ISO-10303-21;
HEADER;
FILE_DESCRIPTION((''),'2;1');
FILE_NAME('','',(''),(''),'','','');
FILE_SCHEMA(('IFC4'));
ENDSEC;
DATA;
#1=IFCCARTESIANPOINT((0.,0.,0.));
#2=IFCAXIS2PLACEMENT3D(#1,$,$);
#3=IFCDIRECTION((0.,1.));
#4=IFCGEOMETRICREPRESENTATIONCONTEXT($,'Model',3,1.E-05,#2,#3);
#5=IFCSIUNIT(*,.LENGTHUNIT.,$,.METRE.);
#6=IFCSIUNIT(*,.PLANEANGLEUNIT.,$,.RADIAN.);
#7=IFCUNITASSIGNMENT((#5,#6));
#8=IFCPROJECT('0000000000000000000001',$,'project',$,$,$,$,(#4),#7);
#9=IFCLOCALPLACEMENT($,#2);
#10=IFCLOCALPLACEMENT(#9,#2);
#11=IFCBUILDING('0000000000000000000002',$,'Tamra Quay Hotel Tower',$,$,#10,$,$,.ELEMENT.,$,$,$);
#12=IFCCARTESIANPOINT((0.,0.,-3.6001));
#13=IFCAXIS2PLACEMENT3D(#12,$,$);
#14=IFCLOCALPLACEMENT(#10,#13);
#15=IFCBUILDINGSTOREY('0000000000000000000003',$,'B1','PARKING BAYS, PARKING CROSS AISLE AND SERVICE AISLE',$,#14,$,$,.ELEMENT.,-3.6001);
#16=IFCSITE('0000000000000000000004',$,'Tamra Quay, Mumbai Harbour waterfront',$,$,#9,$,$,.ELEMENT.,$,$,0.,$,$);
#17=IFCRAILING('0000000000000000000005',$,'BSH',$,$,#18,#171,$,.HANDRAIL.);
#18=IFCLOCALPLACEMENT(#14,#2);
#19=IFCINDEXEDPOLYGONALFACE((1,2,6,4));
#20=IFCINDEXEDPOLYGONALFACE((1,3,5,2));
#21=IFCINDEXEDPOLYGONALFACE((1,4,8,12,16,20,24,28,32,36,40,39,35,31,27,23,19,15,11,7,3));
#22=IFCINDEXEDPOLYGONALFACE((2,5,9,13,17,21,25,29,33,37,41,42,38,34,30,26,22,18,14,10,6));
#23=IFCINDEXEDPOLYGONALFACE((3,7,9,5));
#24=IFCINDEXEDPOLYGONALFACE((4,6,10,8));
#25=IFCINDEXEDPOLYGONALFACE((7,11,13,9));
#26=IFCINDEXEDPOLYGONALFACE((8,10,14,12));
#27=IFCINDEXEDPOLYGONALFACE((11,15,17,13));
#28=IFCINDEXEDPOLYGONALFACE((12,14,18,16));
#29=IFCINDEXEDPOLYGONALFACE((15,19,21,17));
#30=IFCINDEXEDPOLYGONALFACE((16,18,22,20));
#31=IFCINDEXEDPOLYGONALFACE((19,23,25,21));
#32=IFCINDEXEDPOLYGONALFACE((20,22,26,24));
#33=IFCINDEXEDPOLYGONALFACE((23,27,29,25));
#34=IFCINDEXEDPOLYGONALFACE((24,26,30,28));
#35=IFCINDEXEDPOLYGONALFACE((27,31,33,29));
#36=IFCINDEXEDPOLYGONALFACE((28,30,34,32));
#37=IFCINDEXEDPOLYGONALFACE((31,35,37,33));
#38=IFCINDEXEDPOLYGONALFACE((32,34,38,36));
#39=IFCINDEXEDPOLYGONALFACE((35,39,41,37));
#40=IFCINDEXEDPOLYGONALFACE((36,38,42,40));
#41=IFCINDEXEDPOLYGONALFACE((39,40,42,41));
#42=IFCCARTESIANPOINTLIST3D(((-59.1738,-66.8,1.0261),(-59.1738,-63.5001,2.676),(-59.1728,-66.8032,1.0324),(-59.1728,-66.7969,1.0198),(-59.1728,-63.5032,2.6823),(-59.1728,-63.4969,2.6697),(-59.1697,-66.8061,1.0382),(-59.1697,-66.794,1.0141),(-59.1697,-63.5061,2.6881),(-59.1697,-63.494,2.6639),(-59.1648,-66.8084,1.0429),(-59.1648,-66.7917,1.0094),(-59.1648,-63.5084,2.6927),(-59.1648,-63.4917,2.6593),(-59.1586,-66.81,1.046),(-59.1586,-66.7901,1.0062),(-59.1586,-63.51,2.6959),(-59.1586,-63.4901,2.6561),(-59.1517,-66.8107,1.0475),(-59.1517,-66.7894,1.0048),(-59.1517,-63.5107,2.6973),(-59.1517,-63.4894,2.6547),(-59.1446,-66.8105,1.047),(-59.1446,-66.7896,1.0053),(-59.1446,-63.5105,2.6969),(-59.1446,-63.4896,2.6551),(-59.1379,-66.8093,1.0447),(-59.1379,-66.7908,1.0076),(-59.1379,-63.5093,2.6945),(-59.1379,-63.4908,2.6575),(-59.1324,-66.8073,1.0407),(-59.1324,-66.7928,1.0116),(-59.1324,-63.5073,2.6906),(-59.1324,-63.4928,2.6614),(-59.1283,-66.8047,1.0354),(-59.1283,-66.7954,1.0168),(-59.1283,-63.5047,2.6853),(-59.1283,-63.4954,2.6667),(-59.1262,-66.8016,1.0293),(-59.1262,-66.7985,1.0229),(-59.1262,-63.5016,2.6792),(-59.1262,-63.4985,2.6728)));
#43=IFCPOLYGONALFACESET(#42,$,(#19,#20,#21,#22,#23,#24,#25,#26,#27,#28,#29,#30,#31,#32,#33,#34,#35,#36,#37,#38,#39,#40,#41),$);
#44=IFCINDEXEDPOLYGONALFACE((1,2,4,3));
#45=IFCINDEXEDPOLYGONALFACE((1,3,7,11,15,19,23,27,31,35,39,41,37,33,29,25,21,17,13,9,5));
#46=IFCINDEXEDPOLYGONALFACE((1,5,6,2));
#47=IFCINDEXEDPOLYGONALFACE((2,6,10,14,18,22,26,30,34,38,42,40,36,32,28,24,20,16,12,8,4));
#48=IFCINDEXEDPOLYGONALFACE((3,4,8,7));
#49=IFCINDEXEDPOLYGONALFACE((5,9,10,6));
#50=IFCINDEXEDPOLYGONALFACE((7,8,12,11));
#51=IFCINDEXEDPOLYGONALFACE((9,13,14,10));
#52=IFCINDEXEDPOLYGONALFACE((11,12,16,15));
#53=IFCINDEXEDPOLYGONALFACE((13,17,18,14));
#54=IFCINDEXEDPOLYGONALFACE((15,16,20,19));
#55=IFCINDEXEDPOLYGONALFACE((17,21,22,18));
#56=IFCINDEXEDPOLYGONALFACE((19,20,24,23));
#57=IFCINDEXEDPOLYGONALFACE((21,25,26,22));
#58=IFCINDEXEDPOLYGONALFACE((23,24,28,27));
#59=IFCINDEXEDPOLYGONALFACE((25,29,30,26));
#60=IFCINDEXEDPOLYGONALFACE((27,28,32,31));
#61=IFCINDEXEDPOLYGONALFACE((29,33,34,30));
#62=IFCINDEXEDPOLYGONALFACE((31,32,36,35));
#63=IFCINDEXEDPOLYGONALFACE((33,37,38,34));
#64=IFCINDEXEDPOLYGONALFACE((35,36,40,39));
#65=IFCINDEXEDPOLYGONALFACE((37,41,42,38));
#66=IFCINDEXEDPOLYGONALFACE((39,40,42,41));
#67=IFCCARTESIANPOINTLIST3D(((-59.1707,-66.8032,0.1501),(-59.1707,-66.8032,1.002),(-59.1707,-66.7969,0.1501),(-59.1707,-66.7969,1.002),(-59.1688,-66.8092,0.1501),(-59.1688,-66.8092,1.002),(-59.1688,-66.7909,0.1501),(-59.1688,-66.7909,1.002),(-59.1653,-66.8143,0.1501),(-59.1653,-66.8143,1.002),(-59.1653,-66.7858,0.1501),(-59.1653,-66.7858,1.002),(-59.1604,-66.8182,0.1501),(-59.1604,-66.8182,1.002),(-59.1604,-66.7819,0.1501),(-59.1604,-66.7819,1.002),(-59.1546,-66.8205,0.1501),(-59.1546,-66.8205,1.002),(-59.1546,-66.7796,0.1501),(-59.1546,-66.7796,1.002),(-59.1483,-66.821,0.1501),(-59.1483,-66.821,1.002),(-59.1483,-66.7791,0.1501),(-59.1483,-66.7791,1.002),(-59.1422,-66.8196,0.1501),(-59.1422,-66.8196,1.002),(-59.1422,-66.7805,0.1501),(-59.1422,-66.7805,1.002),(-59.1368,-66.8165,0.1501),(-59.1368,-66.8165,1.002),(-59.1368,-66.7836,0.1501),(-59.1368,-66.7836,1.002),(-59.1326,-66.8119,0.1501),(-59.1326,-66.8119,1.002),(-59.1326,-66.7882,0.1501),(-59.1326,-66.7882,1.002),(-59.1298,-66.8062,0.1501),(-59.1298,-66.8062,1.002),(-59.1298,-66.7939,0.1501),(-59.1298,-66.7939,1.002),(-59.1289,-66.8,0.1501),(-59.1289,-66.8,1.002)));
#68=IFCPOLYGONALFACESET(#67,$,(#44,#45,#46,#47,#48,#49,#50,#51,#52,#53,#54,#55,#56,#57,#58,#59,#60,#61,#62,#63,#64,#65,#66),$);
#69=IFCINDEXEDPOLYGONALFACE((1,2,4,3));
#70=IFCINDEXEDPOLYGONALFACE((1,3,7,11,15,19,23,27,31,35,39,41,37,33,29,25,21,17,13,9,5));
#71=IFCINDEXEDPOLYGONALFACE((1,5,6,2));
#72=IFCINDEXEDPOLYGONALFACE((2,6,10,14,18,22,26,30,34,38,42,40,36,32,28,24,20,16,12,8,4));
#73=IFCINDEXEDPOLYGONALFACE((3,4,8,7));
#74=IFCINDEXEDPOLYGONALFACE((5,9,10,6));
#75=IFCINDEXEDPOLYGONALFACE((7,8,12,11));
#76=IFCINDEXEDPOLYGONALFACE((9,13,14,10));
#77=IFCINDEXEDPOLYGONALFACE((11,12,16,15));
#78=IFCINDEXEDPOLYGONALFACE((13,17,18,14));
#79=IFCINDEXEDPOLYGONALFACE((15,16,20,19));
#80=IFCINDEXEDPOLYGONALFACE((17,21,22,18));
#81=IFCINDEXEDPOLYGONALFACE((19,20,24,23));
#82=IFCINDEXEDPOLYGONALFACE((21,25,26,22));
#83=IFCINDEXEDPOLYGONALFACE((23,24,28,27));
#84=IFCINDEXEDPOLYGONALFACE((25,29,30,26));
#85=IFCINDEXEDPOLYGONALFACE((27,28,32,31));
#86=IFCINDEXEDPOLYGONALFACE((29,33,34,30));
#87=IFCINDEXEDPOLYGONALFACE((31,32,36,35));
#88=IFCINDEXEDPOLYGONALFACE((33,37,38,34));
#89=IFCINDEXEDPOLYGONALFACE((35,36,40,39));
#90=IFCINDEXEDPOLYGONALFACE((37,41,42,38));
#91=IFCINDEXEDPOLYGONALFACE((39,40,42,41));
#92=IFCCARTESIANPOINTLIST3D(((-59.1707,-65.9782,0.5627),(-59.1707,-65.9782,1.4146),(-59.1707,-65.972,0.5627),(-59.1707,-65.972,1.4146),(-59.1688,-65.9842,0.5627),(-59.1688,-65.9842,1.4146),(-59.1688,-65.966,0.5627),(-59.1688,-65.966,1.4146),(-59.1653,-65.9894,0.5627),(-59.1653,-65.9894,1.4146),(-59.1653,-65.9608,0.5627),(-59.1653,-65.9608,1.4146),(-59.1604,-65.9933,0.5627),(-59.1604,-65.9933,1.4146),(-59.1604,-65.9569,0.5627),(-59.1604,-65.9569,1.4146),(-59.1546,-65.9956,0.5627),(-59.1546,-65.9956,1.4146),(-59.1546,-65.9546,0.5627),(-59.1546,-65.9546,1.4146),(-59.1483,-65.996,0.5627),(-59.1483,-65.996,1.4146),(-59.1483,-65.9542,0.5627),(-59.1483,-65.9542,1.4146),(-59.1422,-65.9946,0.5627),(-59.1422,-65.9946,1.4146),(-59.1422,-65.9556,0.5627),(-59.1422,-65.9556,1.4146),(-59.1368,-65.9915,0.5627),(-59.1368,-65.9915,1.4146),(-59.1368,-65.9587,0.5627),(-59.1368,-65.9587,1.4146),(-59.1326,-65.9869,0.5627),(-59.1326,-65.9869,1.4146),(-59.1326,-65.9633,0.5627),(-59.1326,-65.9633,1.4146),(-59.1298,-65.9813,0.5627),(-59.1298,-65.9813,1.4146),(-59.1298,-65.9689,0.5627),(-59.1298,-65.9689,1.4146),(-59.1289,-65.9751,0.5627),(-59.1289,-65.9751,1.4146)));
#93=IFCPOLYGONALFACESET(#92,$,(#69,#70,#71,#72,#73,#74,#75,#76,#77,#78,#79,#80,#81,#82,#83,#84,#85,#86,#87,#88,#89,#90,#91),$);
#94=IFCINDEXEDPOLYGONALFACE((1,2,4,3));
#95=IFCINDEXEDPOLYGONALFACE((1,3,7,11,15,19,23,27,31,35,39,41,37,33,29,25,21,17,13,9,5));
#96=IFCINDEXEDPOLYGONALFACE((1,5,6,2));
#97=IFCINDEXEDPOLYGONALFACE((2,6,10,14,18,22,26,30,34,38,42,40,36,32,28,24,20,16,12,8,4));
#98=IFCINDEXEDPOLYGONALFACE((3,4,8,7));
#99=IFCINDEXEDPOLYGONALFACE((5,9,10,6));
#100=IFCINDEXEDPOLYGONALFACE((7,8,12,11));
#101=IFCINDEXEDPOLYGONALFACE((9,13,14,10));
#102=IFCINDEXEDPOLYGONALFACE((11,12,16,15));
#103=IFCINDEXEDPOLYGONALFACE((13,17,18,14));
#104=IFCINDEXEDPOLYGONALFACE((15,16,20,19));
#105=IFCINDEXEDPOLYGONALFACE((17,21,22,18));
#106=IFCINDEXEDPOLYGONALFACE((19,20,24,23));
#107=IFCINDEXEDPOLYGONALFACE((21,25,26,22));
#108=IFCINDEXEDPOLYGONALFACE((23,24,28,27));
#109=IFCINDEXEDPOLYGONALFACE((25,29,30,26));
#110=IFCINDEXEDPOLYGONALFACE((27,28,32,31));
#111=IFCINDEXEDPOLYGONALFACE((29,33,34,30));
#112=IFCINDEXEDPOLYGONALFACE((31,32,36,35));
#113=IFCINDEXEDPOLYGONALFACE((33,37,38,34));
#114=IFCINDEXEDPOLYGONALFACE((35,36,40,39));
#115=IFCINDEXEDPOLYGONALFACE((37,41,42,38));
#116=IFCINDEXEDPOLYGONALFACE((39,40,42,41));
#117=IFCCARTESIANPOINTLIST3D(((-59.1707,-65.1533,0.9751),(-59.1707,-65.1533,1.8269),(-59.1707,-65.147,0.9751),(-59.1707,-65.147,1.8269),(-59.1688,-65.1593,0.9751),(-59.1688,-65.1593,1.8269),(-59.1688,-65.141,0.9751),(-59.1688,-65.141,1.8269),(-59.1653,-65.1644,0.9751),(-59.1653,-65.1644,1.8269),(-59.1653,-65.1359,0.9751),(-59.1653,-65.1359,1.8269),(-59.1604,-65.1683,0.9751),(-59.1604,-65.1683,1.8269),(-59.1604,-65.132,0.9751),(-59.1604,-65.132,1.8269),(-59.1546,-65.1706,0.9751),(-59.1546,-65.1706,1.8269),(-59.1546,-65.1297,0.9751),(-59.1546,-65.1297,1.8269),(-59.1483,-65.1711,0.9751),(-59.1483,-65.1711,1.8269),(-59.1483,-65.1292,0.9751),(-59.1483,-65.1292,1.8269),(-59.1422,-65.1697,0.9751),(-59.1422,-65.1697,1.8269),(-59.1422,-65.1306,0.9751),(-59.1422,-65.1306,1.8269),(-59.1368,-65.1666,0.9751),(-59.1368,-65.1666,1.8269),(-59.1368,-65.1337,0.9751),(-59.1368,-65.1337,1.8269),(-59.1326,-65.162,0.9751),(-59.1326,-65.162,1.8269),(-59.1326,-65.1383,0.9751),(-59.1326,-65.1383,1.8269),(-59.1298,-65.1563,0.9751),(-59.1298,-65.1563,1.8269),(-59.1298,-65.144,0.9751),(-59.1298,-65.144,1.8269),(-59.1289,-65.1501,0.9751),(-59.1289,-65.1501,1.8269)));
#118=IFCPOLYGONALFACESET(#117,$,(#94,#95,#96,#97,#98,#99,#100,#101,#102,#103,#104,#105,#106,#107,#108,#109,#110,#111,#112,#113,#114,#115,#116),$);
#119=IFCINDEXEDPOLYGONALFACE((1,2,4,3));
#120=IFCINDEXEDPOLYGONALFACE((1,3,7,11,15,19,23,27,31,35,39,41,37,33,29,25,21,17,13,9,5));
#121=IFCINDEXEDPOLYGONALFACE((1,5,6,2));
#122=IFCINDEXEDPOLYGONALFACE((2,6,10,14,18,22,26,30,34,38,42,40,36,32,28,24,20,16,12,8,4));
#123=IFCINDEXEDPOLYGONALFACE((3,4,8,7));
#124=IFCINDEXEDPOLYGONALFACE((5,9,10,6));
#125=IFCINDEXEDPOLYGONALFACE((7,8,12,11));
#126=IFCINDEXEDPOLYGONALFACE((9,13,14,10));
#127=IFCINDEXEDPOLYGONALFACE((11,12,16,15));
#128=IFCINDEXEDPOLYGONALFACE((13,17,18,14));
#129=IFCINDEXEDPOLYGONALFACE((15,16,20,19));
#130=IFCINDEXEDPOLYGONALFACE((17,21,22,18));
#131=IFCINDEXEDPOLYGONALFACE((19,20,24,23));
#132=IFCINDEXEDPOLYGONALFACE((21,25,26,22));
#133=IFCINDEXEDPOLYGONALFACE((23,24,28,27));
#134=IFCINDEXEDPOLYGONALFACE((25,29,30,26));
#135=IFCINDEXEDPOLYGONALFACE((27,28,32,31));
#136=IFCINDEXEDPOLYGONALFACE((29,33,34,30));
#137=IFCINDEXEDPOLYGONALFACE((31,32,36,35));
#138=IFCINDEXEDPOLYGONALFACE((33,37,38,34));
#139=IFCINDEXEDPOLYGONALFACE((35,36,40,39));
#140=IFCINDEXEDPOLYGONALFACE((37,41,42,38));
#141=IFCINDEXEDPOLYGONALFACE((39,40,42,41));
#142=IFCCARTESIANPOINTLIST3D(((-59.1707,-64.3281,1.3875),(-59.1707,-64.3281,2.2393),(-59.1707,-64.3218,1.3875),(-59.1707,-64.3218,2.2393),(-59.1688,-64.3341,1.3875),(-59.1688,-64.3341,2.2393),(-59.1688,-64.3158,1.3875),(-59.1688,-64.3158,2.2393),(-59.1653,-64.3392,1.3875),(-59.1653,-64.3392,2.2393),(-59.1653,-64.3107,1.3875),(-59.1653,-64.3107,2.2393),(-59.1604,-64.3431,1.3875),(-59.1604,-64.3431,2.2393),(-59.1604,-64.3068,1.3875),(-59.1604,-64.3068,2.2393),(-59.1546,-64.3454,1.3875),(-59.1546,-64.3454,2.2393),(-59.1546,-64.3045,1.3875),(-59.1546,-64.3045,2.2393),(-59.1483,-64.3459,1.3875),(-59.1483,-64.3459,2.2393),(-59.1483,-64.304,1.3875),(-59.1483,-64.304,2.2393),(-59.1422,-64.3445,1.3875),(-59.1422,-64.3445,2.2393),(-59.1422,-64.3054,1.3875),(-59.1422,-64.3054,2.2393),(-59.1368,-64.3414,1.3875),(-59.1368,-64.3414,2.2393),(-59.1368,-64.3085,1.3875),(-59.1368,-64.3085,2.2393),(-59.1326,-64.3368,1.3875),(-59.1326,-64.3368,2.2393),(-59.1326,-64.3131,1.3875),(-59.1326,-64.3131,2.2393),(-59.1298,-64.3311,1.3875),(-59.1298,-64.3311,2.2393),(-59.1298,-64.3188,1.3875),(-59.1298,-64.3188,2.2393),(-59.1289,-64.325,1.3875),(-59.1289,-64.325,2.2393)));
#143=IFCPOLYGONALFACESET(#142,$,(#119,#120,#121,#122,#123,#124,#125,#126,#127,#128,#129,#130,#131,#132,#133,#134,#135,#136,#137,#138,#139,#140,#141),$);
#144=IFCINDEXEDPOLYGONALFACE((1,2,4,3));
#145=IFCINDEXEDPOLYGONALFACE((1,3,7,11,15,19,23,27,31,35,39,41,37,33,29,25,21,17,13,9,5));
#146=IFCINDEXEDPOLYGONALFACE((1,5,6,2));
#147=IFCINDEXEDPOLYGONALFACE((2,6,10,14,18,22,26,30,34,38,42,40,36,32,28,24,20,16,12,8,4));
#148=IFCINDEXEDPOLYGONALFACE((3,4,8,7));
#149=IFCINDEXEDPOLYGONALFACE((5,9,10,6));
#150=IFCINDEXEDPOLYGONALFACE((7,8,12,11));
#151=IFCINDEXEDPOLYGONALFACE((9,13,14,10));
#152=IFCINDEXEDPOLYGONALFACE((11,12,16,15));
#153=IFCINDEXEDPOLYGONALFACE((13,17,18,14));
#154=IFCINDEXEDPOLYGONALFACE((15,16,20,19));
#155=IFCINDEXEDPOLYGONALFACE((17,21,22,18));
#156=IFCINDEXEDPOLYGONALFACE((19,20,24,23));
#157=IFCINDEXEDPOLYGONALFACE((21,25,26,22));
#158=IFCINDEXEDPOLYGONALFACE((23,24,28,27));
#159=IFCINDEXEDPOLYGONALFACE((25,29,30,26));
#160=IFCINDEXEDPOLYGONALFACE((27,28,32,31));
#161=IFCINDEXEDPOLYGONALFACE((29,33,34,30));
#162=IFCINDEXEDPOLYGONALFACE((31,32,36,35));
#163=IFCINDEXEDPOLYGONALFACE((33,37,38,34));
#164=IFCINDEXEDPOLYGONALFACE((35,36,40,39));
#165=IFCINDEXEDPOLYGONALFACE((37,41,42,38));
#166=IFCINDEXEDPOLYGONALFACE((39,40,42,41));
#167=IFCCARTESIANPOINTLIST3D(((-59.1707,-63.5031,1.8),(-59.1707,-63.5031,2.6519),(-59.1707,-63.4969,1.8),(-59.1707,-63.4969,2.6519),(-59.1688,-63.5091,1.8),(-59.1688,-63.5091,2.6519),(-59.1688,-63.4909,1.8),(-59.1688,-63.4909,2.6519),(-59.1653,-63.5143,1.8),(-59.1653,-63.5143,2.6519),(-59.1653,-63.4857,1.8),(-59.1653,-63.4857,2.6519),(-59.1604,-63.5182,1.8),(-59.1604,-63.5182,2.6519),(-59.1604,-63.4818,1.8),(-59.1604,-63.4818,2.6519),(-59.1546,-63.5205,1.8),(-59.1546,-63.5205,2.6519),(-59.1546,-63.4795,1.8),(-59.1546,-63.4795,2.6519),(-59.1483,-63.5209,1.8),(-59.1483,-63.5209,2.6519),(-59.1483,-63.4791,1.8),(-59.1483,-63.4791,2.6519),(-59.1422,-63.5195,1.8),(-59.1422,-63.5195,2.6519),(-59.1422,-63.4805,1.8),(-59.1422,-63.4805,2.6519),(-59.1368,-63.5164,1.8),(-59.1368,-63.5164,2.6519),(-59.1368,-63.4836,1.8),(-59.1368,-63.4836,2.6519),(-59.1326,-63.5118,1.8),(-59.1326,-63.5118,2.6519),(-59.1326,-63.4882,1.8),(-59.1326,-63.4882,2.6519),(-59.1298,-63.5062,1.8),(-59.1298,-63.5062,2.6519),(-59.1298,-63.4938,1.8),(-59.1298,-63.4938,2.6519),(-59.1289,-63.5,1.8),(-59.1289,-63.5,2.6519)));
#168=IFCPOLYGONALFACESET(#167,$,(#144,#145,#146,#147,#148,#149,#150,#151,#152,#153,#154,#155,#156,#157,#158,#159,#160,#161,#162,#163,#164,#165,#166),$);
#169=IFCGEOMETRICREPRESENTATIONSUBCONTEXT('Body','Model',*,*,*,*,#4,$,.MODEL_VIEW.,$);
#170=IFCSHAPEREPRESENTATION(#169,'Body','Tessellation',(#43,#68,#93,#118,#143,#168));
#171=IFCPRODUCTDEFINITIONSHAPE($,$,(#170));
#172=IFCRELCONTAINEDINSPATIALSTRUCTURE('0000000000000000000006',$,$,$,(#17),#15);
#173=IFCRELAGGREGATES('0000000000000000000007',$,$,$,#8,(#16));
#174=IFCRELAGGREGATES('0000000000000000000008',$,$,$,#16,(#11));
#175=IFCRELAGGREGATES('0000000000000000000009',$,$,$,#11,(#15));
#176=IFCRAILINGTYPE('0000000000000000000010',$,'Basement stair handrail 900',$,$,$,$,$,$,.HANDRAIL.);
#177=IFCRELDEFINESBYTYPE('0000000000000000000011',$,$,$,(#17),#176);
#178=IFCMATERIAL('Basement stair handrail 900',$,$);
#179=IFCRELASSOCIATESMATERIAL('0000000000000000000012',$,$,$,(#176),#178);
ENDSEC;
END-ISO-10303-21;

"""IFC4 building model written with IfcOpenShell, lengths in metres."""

from ifc_helpers import new_model, si_unit, direction, frame, origin, origin_2d, place, context, subcontext, project, spatial, circle, extrude, material, type_object, element, save


model = new_model("IFC4")

# Units and contexts
model_context = context("Model", 3, precision=1e-05, world=origin(), true_north=direction((0.0, 1.0)))
body_context = subcontext(model_context, "Body", "Model", "MODEL_VIEW")
ifc_project = project(units=[si_unit("LENGTHUNIT", "METRE"), si_unit("PLANEANGLEUNIT", "RADIAN")], contexts=[model_context])

# Site, building, storey
site_placement = place(None, origin())
site = spatial("IfcSite", under=ifc_project, at=site_placement, Name="Tamra Quay, Mumbai Harbour waterfront", CompositionType="ELEMENT", RefElevation=0.0)
building_placement = place(site_placement, origin())
building = spatial("IfcBuilding", under=site, at=building_placement, Name="Tamra Quay Hotel Tower", CompositionType="ELEMENT")
storey_placement = place(building_placement, frame((0.0, 0.0, -3.6001)))
storey = spatial("IfcBuildingStorey", under=building, at=storey_placement, Name="B1", Description="PARKING BAYS, PARKING CROSS AISLE AND SERVICE AISLE", CompositionType="ELEMENT", Elevation=-3.6001)

# Railing
ifc_material_1 = material(Name="Basement stair handrail 900")
railing_type_1 = type_object("IfcRailingType", Name="Basement stair handrail 900", PredefinedType="HANDRAIL", material=ifc_material_1)
for number, where, name in (
    (1, (-59.1499, -66.8, 0.1501), "BSH"),
):
    element("IfcRailing", number, at=place(storey_placement, frame(where)), inside=storey, type_object=railing_type_1, Name=name, PredefinedType="HANDRAIL", context=body_context, shape_type="SweptSolid", body=[
        extrude(circle(Radius=0.0239, at=origin_2d()), frame((0.0, 0.0, 0.876), z_axis=(0.0, 0.89444, 0.447187), x_axis=(-1.0, 0.0, 0.0)), (0.0, 0.0, 1.0), 3.6895),
        extrude(circle(Radius=0.021, at=origin_2d()), origin(), (0.0, 0.0, 1.0), 0.8518),
        extrude(circle(Radius=0.021, at=origin_2d()), frame((0.0, 0.825, 0.4126)), (0.0, 0.0, 1.0), 0.8518),
        extrude(circle(Radius=0.021, at=origin_2d()), frame((0.0, 1.6499, 0.825)), (0.0, 0.0, 1.0), 0.8518),
        extrude(circle(Radius=0.021, at=origin_2d()), frame((0.0, 2.4751, 1.2373)), (0.0, 0.0, 1.0), 0.8518),
        extrude(circle(Radius=0.021, at=origin_2d()), frame((0.0, 3.3, 1.6499)), (0.0, 0.0, 1.0), 0.8518),
    ])

save(model, "model.ifc")
